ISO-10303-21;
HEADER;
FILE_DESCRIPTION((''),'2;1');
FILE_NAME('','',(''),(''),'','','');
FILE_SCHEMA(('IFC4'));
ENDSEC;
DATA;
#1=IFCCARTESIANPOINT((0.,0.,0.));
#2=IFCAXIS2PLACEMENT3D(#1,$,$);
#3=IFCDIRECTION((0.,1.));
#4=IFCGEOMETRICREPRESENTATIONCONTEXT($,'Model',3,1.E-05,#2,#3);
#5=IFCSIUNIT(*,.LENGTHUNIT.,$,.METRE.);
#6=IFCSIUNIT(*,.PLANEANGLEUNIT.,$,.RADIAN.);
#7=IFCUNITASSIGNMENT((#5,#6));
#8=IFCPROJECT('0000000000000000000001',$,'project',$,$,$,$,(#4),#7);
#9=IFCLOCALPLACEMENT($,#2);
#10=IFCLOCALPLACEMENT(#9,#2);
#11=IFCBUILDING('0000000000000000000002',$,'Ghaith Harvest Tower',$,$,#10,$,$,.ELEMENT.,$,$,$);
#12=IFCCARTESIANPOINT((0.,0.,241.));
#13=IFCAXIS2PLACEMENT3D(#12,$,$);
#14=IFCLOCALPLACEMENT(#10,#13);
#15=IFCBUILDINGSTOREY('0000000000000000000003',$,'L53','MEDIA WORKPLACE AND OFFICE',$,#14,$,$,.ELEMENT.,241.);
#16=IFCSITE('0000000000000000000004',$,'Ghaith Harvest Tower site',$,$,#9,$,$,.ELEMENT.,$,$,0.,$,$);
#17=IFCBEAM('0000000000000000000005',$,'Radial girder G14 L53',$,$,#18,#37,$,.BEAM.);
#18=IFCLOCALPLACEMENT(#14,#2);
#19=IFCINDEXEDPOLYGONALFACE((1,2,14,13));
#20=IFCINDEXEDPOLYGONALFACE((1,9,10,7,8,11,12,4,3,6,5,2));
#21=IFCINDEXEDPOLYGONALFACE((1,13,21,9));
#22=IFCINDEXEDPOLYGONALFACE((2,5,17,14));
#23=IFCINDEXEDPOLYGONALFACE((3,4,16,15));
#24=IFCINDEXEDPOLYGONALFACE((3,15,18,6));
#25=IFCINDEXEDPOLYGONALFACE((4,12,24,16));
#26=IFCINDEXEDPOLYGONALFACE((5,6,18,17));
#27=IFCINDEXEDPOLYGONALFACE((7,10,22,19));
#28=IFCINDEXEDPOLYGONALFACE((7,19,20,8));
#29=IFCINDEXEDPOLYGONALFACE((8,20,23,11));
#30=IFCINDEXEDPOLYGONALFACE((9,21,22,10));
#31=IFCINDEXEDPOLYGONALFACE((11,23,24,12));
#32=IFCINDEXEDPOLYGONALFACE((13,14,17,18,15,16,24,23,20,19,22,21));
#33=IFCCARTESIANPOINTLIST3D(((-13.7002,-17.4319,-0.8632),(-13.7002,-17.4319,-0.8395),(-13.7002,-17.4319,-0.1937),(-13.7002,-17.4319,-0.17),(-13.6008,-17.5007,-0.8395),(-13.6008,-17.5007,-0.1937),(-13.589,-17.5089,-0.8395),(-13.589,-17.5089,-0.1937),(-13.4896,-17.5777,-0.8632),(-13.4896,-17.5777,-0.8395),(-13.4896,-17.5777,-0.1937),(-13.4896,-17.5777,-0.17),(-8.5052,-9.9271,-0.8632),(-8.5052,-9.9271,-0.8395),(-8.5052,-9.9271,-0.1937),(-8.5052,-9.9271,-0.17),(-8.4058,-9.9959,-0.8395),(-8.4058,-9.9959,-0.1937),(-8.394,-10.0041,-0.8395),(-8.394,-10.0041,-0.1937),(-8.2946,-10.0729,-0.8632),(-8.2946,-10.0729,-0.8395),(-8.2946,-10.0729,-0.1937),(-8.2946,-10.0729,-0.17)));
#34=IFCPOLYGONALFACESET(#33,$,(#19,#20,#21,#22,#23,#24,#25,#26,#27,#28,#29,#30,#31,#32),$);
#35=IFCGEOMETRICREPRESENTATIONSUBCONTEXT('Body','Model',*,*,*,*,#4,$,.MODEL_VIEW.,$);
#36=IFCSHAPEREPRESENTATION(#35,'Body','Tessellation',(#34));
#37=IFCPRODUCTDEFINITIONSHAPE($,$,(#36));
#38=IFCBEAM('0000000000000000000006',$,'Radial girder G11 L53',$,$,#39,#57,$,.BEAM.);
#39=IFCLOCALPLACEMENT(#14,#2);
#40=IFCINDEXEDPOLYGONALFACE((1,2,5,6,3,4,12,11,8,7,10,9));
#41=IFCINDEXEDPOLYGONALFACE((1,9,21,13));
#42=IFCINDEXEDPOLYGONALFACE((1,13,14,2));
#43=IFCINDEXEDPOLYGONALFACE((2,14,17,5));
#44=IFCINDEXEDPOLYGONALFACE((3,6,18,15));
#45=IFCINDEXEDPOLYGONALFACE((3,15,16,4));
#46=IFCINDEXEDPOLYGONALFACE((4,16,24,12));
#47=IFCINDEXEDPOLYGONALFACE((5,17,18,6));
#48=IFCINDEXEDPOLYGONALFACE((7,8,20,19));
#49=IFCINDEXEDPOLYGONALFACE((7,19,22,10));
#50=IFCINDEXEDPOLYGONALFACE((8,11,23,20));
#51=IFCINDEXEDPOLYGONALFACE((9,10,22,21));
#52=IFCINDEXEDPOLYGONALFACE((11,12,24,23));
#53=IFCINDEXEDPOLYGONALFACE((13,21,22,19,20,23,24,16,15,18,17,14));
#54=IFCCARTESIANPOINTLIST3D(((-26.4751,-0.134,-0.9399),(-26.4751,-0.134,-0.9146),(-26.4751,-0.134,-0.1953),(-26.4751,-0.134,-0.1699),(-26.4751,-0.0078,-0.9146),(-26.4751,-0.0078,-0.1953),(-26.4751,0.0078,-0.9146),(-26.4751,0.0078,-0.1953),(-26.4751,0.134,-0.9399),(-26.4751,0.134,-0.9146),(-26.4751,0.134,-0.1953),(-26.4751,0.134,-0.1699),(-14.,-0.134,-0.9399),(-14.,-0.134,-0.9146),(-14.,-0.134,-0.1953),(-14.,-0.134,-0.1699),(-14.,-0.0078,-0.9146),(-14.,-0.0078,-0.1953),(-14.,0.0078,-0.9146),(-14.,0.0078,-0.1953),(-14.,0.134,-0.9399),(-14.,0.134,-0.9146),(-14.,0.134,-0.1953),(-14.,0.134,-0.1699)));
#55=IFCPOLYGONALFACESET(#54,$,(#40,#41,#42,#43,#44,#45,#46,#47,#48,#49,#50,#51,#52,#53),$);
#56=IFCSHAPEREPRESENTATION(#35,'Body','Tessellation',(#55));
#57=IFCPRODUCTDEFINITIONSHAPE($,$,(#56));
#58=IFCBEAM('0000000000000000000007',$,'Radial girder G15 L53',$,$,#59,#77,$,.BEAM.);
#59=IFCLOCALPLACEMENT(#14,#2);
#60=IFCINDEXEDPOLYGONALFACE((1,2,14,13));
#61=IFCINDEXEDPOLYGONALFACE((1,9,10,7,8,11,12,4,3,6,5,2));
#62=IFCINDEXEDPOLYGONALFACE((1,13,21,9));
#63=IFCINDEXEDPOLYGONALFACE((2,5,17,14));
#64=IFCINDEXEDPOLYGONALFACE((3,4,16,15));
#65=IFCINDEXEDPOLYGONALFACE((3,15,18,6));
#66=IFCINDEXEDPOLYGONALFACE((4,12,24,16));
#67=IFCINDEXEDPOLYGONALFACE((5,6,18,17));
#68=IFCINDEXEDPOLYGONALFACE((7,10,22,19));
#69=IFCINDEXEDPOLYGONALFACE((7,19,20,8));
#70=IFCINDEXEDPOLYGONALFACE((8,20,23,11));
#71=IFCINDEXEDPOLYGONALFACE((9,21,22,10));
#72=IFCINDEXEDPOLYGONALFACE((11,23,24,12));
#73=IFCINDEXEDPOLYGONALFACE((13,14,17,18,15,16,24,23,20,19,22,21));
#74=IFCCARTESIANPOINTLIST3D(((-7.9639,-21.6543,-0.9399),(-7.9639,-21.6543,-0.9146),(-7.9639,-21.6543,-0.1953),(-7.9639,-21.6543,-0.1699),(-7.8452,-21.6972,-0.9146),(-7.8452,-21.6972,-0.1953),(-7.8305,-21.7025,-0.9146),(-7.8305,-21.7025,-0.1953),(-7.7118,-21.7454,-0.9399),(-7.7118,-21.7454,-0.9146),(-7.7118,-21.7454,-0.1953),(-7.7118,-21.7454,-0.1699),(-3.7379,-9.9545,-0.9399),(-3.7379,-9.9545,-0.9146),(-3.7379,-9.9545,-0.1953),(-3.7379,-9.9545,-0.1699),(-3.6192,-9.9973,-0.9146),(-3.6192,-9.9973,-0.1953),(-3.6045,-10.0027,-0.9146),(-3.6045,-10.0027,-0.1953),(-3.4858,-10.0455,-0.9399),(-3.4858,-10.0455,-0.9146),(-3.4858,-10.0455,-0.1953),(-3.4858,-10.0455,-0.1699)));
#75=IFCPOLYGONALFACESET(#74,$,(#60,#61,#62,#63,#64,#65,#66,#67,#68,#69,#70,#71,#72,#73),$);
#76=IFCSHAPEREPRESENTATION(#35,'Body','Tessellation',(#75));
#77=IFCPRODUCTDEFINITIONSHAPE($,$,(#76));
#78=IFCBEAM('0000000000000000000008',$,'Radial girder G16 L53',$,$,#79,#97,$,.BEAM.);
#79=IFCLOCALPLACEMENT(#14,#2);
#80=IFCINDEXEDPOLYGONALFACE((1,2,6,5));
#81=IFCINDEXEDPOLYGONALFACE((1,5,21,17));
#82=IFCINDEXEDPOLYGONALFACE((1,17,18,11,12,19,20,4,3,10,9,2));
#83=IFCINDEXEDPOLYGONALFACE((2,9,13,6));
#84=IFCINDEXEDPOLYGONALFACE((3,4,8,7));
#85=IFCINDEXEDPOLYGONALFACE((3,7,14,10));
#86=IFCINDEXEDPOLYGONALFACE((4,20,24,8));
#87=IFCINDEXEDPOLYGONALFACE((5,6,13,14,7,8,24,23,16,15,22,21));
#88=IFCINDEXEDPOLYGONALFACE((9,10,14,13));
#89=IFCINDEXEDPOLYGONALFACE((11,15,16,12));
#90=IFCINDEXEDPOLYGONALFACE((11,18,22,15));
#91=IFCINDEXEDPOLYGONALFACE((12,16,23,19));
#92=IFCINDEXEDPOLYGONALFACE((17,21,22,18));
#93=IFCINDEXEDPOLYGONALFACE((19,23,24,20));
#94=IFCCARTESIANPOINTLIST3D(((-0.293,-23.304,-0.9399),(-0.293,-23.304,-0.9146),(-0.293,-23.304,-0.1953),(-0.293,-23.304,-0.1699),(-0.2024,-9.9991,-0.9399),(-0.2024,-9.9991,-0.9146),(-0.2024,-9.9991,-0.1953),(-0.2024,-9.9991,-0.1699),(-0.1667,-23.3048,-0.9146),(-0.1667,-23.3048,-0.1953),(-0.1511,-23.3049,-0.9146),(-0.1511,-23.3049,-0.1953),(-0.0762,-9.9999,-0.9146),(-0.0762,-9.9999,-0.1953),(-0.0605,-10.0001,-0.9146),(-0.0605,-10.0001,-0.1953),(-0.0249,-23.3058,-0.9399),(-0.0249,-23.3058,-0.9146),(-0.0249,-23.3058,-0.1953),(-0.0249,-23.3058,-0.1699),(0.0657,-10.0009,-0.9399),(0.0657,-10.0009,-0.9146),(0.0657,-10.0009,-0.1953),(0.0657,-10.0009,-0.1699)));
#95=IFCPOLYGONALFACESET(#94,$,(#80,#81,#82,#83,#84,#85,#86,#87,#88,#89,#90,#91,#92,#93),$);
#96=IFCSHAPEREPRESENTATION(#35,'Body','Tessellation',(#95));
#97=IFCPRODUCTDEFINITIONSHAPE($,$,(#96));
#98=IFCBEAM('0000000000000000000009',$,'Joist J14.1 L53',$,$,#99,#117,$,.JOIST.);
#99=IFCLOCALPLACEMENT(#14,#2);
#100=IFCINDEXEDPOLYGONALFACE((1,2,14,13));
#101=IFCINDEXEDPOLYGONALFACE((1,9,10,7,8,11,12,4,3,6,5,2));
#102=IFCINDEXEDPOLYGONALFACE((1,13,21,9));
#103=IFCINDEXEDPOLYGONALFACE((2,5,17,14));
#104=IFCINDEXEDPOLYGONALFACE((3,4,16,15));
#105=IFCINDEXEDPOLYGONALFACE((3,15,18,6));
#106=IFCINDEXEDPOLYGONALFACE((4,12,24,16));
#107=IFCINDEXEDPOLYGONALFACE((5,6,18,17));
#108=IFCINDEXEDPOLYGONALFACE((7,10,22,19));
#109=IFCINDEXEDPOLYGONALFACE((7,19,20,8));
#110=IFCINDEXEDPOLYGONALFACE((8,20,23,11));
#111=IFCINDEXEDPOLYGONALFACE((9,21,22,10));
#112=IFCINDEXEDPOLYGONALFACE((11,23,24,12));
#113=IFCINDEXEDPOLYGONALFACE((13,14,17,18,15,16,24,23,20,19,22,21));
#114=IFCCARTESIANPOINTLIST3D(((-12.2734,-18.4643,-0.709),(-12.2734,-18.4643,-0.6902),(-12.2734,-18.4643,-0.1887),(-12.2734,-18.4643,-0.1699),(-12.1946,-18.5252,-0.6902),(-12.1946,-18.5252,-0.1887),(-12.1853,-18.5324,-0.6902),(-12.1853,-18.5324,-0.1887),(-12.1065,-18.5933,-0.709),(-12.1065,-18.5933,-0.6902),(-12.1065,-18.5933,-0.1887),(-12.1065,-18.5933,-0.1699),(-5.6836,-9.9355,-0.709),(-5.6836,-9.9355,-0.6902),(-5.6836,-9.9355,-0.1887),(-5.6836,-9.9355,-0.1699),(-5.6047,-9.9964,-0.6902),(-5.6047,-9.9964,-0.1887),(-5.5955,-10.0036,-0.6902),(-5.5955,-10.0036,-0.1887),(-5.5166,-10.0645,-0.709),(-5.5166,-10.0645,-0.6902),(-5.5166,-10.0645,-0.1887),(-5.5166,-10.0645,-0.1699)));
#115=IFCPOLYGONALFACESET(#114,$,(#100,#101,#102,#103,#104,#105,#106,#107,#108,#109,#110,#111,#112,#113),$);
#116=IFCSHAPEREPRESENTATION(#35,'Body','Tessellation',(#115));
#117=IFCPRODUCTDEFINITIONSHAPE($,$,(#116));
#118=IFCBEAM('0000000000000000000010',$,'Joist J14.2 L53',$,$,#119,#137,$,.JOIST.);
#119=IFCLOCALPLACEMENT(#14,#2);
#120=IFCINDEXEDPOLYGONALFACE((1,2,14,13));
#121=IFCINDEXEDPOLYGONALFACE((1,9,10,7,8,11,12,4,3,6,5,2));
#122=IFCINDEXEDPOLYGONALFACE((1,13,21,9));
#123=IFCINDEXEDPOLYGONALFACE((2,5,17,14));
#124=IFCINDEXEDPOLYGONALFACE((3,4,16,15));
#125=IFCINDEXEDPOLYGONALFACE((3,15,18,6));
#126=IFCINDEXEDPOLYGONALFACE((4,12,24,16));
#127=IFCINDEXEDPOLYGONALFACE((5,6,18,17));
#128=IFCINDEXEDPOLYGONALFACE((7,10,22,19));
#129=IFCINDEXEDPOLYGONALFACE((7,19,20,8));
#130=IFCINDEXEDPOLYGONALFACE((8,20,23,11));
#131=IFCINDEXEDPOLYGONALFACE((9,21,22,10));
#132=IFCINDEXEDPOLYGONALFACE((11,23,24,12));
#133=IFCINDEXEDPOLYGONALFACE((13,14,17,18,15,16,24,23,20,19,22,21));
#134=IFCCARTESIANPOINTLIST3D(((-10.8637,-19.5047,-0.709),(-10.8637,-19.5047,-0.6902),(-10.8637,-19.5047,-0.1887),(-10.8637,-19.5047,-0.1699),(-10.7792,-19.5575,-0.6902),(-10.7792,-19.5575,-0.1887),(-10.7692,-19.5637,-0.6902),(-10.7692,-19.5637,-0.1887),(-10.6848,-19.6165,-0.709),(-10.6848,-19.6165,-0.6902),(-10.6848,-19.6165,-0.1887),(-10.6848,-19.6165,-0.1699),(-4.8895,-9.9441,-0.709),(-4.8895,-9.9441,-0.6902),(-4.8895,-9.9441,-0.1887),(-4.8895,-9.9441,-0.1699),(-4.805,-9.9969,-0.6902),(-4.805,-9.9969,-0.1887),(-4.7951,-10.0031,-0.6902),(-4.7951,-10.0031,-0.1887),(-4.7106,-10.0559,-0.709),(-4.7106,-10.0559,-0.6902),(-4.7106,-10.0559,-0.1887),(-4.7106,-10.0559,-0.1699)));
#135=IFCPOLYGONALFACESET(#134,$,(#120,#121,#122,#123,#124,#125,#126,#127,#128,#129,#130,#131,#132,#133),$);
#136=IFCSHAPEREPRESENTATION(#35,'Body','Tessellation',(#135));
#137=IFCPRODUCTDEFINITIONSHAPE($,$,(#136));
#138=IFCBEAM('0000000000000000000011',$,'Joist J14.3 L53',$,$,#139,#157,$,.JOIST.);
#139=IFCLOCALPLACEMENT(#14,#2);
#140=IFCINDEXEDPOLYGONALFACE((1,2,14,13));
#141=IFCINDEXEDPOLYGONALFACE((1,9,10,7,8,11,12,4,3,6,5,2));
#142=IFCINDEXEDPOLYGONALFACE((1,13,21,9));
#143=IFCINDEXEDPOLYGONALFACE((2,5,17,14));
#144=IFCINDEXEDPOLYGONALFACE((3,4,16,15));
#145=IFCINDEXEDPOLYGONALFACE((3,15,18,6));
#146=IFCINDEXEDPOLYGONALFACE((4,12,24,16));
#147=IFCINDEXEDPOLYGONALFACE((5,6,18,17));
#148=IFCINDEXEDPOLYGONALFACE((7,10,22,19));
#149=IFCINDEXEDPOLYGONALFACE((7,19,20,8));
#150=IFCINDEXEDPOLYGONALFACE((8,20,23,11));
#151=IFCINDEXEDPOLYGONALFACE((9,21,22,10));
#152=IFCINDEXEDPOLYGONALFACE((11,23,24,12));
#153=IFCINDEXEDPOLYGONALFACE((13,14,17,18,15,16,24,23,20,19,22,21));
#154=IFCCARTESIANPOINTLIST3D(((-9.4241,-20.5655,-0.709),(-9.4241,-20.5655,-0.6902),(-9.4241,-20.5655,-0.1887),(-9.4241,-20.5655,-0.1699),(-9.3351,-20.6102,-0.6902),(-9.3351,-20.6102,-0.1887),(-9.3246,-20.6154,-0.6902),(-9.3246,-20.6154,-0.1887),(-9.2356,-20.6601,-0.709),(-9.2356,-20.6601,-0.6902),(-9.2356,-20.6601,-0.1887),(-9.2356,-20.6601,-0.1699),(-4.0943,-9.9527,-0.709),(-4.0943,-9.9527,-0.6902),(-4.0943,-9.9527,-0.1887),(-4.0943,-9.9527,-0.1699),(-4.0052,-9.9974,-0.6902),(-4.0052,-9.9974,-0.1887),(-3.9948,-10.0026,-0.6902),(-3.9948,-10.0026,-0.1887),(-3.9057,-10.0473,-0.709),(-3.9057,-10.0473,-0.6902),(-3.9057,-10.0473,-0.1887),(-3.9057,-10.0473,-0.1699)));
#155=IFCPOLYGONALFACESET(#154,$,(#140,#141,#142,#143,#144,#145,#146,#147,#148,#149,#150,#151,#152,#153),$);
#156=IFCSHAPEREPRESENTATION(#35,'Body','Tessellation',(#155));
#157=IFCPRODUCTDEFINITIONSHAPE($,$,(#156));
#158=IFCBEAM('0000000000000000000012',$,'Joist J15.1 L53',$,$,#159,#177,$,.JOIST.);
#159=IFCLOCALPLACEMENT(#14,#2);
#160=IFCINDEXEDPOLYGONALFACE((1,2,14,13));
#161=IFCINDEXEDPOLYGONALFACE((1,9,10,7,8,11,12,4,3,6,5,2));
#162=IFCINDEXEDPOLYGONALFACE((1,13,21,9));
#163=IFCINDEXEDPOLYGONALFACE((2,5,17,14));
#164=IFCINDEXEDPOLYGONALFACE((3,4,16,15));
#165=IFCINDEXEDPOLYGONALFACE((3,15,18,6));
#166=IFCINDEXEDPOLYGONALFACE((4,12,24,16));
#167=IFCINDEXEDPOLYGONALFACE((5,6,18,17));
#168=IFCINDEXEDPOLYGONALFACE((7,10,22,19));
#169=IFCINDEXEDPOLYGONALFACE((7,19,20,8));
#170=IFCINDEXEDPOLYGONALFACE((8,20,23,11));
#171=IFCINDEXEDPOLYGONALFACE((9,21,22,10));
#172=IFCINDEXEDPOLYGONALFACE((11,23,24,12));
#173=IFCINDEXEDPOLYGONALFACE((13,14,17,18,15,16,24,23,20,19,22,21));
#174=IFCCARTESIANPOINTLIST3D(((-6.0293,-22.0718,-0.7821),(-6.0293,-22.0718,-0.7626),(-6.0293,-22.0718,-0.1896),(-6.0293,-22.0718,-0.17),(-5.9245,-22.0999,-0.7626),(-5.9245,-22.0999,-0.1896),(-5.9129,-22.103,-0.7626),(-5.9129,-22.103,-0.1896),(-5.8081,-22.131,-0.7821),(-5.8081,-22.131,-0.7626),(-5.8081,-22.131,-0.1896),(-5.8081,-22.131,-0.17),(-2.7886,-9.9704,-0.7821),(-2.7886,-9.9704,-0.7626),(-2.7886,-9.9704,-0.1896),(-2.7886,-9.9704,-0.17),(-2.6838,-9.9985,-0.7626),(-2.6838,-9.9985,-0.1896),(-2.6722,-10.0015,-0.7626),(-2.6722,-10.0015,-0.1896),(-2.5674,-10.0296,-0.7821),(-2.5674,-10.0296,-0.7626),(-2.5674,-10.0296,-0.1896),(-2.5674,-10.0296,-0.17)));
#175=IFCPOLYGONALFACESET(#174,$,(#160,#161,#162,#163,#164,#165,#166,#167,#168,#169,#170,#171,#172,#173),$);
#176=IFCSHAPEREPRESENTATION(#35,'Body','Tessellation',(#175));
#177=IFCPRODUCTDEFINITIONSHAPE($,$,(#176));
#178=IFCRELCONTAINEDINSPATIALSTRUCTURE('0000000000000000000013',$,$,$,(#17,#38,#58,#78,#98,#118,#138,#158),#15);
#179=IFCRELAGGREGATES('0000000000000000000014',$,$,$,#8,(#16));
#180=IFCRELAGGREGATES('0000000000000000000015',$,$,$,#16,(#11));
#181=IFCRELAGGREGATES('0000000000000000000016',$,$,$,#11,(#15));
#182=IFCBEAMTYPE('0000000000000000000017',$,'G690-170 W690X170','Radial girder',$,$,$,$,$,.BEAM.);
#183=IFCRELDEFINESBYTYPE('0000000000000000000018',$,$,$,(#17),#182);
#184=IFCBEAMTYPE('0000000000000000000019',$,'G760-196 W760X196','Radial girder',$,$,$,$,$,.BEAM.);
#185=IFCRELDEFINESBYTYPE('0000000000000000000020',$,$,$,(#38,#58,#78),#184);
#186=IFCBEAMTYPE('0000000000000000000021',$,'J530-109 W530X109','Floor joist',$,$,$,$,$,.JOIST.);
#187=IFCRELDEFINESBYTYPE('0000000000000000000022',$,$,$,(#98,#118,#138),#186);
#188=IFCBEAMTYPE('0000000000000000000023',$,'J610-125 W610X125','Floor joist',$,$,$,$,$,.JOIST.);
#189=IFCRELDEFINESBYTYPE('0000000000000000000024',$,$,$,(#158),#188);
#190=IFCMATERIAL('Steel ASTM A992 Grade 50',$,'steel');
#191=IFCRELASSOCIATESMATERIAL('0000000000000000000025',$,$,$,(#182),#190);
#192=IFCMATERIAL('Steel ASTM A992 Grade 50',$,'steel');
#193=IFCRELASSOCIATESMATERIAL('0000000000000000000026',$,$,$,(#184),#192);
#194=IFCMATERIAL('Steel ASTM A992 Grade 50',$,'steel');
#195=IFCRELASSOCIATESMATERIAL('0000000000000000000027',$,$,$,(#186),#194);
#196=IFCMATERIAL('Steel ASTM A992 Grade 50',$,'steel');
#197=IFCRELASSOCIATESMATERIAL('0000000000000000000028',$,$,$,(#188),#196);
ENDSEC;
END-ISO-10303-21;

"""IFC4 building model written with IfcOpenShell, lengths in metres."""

from ifc_helpers import new_model, si_unit, direction, frame, origin, origin_2d, place, context, subcontext, project, spatial, i_section, extrude, material, material_profile, profile_set, type_object, element, save


model = new_model("IFC4")

# Units and contexts
model_context = context("Model", 3, precision=1e-05, world=origin(), true_north=direction((0.0, 1.0)))
body_context = subcontext(model_context, "Body", "Model", "MODEL_VIEW")
ifc_project = project(units=[si_unit("LENGTHUNIT", "METRE"), si_unit("PLANEANGLEUNIT", "RADIAN")], contexts=[model_context])

# Site, building, storey
site_placement = place(None, origin())
site = spatial("IfcSite", under=ifc_project, at=site_placement, Name="Ghaith Harvest Tower site", CompositionType="ELEMENT", RefElevation=0.0)
building_placement = place(site_placement, origin())
building = spatial("IfcBuilding", under=site, at=building_placement, Name="Ghaith Harvest Tower", CompositionType="ELEMENT")
storey_placement = place(building_placement, frame((0.0, 0.0, 241.0)))
storey = spatial("IfcBuildingStorey", under=building, at=storey_placement, Name="L53", Description="MEDIA WORKPLACE AND OFFICE", CompositionType="ELEMENT", Elevation=241.0)

# Beams
ifc_material_1 = material(Name="Steel ASTM A992 Grade 50", Category="steel")
ifc_material_profile_1 = material_profile(ifc_material_1, i_section(OverallWidth=0.2561, OverallDepth=0.6931, WebThickness=0.0144, FlangeThickness=0.0237, at=origin_2d()), Name="W690X170")
ifc_profile_set_1 = profile_set([ifc_material_profile_1], Name="Steel ASTM A992 Grade 50")
beam_type_1 = type_object("IfcBeamType", Name="G690-170 W690X170", Description="Radial girder", PredefinedType="BEAM", material=ifc_profile_set_1)
beam_1_placement = place(storey_placement, frame((-8.3999, -10.0, -0.5166), z_axis=(-0.569164, -0.822224, 0.0), x_axis=(0.822224, -0.569164, 0.0)))
element("IfcBeam", 1, at=beam_1_placement, inside=storey, type_object=beam_type_1, Name="Radial girder G14 L53", PredefinedType="BEAM", context=body_context, shape_type="SweptSolid", body=[
    extrude(i_section(OverallWidth=0.2561, OverallDepth=0.6931, WebThickness=0.0144, FlangeThickness=0.0237, at=origin_2d()), origin(), (0.0, 0.0, 1.0), 9.1274),
])
ifc_material_2 = material(Name="Steel ASTM A992 Grade 50", Category="steel")
ifc_material_profile_2 = material_profile(ifc_material_2, i_section(OverallWidth=0.2681, OverallDepth=0.77, WebThickness=0.0156, FlangeThickness=0.0254, at=origin_2d()), Name="W760X196")
ifc_profile_set_2 = profile_set([ifc_material_profile_2], Name="Steel ASTM A992 Grade 50")
beam_type_2 = type_object("IfcBeamType", Name="G760-196 W760X196", Description="Radial girder", PredefinedType="BEAM", material=ifc_profile_set_2)
beam_2_placement = place(storey_placement, frame((-14.0, 0.0, -0.5549), z_axis=(-1.0, 0.0, 0.0), x_axis=(0.0, -1.0, 0.0)))
element("IfcBeam", 2, at=beam_2_placement, inside=storey, type_object=beam_type_2, Name="Radial girder G11 L53", PredefinedType="BEAM", context=body_context, shape_type="SweptSolid", body=[
    extrude(i_section(OverallWidth=0.2681, OverallDepth=0.77, WebThickness=0.0156, FlangeThickness=0.0254, at=origin_2d()), origin(), (0.0, 0.0, 1.0), 12.4751),
])
beam_3_placement = place(storey_placement, frame((-3.6118, -10.0, -0.5549), z_axis=(-0.339722, -0.940526, 0.0), x_axis=(0.940526, -0.339722, 0.0)))
element("IfcBeam", 3, at=beam_3_placement, inside=storey, type_object=beam_type_2, Name="Radial girder G15 L53", PredefinedType="BEAM", context=body_context, shape_type="SweptSolid", body=[
    extrude(i_section(OverallWidth=0.2681, OverallDepth=0.77, WebThickness=0.0156, FlangeThickness=0.0254, at=origin_2d()), origin(), (0.0, 0.0, 1.0), 12.4397),
])
beam_4_placement = place(storey_placement, frame((-0.0684, -10.0, -0.5549), z_axis=(-0.006808, -0.999977, 0.0), x_axis=(0.999977, -0.006808, 0.0)))
element("IfcBeam", 4, at=beam_4_placement, inside=storey, type_object=beam_type_2, Name="Radial girder G16 L53", PredefinedType="BEAM", context=body_context, shape_type="SweptSolid", body=[
    extrude(i_section(OverallWidth=0.2681, OverallDepth=0.77, WebThickness=0.0156, FlangeThickness=0.0254, at=origin_2d()), origin(), (0.0, 0.0, 1.0), 13.3052),
])
ifc_material_3 = material(Name="Steel ASTM A992 Grade 50", Category="steel")
ifc_material_profile_3 = material_profile(ifc_material_3, i_section(OverallWidth=0.2109, OverallDepth=0.5391, WebThickness=0.0117, FlangeThickness=0.0188, at=origin_2d()), Name="W530X109")
ifc_profile_set_3 = profile_set([ifc_material_profile_3], Name="Steel ASTM A992 Grade 50")
beam_type_3 = type_object("IfcBeamType", Name="J530-109 W530X109", Description="Floor joist", PredefinedType="JOIST", material=ifc_profile_set_3)
beam_5_placement = place(storey_placement, frame((-5.6001, -10.0, -0.4395), z_axis=(-0.611413, -0.791312, 0.0), x_axis=(0.791312, -0.611413, 0.0)))
element("IfcBeam", 5, at=beam_5_placement, inside=storey, type_object=beam_type_3, Name="Joist J14.1 L53", PredefinedType="JOIST", context=body_context, shape_type="SweptSolid", body=[
    extrude(i_section(OverallWidth=0.2109, OverallDepth=0.5391, WebThickness=0.0117, FlangeThickness=0.0188, at=origin_2d()), origin(), (0.0, 0.0, 1.0), 10.7781),
])
beam_6_placement = place(storey_placement, frame((-4.8, -10.0, -0.4395), z_axis=(-0.529921, -0.848047, 0.0), x_axis=(0.848047, -0.529921, 0.0)))
element("IfcBeam", 6, at=beam_6_placement, inside=storey, type_object=beam_type_3, Name="Joist J14.2 L53", PredefinedType="JOIST", context=body_context, shape_type="SweptSolid", body=[
    extrude(i_section(OverallWidth=0.2109, OverallDepth=0.5391, WebThickness=0.0117, FlangeThickness=0.0188, at=origin_2d()), origin(), (0.0, 0.0, 1.0), 11.2737),
])
beam_7_placement = place(storey_placement, frame((-4.0, -10.0, -0.4395), z_axis=(-0.448792, -0.893636, 0.0), x_axis=(0.893636, -0.448792, 0.0)))
element("IfcBeam", 7, at=beam_7_placement, inside=storey, type_object=beam_type_3, Name="Joist J14.3 L53", PredefinedType="JOIST", context=body_context, shape_type="SweptSolid", body=[
    extrude(i_section(OverallWidth=0.2109, OverallDepth=0.5391, WebThickness=0.0117, FlangeThickness=0.0188, at=origin_2d()), origin(), (0.0, 0.0, 1.0), 11.876),
])
ifc_material_4 = material(Name="Steel ASTM A992 Grade 50", Category="steel")
ifc_material_profile_4 = material_profile(ifc_material_4, i_section(OverallWidth=0.229, OverallDepth=0.6121, WebThickness=0.012, FlangeThickness=0.0195, at=origin_2d()), Name="W610X125")
ifc_profile_set_4 = profile_set([ifc_material_profile_4], Name="Steel ASTM A992 Grade 50")
beam_type_4 = type_object("IfcBeamType", Name="J610-125 W610X125", Description="Floor joist", PredefinedType="JOIST", material=ifc_profile_set_4)
beam_8_placement = place(storey_placement, frame((-2.678, -10.0, -0.4761), z_axis=(-0.258684, -0.965962, 0.0), x_axis=(0.965962, -0.258684, 0.0)))
element("IfcBeam", 8, at=beam_8_placement, inside=storey, type_object=beam_type_4, Name="Joist J15.1 L53", PredefinedType="JOIST", context=body_context, shape_type="SweptSolid", body=[
    extrude(i_section(OverallWidth=0.229, OverallDepth=0.6121, WebThickness=0.012, FlangeThickness=0.0195, at=origin_2d()), origin(), (0.0, 0.0, 1.0), 12.5278),
])

save(model, "model.ifc")
